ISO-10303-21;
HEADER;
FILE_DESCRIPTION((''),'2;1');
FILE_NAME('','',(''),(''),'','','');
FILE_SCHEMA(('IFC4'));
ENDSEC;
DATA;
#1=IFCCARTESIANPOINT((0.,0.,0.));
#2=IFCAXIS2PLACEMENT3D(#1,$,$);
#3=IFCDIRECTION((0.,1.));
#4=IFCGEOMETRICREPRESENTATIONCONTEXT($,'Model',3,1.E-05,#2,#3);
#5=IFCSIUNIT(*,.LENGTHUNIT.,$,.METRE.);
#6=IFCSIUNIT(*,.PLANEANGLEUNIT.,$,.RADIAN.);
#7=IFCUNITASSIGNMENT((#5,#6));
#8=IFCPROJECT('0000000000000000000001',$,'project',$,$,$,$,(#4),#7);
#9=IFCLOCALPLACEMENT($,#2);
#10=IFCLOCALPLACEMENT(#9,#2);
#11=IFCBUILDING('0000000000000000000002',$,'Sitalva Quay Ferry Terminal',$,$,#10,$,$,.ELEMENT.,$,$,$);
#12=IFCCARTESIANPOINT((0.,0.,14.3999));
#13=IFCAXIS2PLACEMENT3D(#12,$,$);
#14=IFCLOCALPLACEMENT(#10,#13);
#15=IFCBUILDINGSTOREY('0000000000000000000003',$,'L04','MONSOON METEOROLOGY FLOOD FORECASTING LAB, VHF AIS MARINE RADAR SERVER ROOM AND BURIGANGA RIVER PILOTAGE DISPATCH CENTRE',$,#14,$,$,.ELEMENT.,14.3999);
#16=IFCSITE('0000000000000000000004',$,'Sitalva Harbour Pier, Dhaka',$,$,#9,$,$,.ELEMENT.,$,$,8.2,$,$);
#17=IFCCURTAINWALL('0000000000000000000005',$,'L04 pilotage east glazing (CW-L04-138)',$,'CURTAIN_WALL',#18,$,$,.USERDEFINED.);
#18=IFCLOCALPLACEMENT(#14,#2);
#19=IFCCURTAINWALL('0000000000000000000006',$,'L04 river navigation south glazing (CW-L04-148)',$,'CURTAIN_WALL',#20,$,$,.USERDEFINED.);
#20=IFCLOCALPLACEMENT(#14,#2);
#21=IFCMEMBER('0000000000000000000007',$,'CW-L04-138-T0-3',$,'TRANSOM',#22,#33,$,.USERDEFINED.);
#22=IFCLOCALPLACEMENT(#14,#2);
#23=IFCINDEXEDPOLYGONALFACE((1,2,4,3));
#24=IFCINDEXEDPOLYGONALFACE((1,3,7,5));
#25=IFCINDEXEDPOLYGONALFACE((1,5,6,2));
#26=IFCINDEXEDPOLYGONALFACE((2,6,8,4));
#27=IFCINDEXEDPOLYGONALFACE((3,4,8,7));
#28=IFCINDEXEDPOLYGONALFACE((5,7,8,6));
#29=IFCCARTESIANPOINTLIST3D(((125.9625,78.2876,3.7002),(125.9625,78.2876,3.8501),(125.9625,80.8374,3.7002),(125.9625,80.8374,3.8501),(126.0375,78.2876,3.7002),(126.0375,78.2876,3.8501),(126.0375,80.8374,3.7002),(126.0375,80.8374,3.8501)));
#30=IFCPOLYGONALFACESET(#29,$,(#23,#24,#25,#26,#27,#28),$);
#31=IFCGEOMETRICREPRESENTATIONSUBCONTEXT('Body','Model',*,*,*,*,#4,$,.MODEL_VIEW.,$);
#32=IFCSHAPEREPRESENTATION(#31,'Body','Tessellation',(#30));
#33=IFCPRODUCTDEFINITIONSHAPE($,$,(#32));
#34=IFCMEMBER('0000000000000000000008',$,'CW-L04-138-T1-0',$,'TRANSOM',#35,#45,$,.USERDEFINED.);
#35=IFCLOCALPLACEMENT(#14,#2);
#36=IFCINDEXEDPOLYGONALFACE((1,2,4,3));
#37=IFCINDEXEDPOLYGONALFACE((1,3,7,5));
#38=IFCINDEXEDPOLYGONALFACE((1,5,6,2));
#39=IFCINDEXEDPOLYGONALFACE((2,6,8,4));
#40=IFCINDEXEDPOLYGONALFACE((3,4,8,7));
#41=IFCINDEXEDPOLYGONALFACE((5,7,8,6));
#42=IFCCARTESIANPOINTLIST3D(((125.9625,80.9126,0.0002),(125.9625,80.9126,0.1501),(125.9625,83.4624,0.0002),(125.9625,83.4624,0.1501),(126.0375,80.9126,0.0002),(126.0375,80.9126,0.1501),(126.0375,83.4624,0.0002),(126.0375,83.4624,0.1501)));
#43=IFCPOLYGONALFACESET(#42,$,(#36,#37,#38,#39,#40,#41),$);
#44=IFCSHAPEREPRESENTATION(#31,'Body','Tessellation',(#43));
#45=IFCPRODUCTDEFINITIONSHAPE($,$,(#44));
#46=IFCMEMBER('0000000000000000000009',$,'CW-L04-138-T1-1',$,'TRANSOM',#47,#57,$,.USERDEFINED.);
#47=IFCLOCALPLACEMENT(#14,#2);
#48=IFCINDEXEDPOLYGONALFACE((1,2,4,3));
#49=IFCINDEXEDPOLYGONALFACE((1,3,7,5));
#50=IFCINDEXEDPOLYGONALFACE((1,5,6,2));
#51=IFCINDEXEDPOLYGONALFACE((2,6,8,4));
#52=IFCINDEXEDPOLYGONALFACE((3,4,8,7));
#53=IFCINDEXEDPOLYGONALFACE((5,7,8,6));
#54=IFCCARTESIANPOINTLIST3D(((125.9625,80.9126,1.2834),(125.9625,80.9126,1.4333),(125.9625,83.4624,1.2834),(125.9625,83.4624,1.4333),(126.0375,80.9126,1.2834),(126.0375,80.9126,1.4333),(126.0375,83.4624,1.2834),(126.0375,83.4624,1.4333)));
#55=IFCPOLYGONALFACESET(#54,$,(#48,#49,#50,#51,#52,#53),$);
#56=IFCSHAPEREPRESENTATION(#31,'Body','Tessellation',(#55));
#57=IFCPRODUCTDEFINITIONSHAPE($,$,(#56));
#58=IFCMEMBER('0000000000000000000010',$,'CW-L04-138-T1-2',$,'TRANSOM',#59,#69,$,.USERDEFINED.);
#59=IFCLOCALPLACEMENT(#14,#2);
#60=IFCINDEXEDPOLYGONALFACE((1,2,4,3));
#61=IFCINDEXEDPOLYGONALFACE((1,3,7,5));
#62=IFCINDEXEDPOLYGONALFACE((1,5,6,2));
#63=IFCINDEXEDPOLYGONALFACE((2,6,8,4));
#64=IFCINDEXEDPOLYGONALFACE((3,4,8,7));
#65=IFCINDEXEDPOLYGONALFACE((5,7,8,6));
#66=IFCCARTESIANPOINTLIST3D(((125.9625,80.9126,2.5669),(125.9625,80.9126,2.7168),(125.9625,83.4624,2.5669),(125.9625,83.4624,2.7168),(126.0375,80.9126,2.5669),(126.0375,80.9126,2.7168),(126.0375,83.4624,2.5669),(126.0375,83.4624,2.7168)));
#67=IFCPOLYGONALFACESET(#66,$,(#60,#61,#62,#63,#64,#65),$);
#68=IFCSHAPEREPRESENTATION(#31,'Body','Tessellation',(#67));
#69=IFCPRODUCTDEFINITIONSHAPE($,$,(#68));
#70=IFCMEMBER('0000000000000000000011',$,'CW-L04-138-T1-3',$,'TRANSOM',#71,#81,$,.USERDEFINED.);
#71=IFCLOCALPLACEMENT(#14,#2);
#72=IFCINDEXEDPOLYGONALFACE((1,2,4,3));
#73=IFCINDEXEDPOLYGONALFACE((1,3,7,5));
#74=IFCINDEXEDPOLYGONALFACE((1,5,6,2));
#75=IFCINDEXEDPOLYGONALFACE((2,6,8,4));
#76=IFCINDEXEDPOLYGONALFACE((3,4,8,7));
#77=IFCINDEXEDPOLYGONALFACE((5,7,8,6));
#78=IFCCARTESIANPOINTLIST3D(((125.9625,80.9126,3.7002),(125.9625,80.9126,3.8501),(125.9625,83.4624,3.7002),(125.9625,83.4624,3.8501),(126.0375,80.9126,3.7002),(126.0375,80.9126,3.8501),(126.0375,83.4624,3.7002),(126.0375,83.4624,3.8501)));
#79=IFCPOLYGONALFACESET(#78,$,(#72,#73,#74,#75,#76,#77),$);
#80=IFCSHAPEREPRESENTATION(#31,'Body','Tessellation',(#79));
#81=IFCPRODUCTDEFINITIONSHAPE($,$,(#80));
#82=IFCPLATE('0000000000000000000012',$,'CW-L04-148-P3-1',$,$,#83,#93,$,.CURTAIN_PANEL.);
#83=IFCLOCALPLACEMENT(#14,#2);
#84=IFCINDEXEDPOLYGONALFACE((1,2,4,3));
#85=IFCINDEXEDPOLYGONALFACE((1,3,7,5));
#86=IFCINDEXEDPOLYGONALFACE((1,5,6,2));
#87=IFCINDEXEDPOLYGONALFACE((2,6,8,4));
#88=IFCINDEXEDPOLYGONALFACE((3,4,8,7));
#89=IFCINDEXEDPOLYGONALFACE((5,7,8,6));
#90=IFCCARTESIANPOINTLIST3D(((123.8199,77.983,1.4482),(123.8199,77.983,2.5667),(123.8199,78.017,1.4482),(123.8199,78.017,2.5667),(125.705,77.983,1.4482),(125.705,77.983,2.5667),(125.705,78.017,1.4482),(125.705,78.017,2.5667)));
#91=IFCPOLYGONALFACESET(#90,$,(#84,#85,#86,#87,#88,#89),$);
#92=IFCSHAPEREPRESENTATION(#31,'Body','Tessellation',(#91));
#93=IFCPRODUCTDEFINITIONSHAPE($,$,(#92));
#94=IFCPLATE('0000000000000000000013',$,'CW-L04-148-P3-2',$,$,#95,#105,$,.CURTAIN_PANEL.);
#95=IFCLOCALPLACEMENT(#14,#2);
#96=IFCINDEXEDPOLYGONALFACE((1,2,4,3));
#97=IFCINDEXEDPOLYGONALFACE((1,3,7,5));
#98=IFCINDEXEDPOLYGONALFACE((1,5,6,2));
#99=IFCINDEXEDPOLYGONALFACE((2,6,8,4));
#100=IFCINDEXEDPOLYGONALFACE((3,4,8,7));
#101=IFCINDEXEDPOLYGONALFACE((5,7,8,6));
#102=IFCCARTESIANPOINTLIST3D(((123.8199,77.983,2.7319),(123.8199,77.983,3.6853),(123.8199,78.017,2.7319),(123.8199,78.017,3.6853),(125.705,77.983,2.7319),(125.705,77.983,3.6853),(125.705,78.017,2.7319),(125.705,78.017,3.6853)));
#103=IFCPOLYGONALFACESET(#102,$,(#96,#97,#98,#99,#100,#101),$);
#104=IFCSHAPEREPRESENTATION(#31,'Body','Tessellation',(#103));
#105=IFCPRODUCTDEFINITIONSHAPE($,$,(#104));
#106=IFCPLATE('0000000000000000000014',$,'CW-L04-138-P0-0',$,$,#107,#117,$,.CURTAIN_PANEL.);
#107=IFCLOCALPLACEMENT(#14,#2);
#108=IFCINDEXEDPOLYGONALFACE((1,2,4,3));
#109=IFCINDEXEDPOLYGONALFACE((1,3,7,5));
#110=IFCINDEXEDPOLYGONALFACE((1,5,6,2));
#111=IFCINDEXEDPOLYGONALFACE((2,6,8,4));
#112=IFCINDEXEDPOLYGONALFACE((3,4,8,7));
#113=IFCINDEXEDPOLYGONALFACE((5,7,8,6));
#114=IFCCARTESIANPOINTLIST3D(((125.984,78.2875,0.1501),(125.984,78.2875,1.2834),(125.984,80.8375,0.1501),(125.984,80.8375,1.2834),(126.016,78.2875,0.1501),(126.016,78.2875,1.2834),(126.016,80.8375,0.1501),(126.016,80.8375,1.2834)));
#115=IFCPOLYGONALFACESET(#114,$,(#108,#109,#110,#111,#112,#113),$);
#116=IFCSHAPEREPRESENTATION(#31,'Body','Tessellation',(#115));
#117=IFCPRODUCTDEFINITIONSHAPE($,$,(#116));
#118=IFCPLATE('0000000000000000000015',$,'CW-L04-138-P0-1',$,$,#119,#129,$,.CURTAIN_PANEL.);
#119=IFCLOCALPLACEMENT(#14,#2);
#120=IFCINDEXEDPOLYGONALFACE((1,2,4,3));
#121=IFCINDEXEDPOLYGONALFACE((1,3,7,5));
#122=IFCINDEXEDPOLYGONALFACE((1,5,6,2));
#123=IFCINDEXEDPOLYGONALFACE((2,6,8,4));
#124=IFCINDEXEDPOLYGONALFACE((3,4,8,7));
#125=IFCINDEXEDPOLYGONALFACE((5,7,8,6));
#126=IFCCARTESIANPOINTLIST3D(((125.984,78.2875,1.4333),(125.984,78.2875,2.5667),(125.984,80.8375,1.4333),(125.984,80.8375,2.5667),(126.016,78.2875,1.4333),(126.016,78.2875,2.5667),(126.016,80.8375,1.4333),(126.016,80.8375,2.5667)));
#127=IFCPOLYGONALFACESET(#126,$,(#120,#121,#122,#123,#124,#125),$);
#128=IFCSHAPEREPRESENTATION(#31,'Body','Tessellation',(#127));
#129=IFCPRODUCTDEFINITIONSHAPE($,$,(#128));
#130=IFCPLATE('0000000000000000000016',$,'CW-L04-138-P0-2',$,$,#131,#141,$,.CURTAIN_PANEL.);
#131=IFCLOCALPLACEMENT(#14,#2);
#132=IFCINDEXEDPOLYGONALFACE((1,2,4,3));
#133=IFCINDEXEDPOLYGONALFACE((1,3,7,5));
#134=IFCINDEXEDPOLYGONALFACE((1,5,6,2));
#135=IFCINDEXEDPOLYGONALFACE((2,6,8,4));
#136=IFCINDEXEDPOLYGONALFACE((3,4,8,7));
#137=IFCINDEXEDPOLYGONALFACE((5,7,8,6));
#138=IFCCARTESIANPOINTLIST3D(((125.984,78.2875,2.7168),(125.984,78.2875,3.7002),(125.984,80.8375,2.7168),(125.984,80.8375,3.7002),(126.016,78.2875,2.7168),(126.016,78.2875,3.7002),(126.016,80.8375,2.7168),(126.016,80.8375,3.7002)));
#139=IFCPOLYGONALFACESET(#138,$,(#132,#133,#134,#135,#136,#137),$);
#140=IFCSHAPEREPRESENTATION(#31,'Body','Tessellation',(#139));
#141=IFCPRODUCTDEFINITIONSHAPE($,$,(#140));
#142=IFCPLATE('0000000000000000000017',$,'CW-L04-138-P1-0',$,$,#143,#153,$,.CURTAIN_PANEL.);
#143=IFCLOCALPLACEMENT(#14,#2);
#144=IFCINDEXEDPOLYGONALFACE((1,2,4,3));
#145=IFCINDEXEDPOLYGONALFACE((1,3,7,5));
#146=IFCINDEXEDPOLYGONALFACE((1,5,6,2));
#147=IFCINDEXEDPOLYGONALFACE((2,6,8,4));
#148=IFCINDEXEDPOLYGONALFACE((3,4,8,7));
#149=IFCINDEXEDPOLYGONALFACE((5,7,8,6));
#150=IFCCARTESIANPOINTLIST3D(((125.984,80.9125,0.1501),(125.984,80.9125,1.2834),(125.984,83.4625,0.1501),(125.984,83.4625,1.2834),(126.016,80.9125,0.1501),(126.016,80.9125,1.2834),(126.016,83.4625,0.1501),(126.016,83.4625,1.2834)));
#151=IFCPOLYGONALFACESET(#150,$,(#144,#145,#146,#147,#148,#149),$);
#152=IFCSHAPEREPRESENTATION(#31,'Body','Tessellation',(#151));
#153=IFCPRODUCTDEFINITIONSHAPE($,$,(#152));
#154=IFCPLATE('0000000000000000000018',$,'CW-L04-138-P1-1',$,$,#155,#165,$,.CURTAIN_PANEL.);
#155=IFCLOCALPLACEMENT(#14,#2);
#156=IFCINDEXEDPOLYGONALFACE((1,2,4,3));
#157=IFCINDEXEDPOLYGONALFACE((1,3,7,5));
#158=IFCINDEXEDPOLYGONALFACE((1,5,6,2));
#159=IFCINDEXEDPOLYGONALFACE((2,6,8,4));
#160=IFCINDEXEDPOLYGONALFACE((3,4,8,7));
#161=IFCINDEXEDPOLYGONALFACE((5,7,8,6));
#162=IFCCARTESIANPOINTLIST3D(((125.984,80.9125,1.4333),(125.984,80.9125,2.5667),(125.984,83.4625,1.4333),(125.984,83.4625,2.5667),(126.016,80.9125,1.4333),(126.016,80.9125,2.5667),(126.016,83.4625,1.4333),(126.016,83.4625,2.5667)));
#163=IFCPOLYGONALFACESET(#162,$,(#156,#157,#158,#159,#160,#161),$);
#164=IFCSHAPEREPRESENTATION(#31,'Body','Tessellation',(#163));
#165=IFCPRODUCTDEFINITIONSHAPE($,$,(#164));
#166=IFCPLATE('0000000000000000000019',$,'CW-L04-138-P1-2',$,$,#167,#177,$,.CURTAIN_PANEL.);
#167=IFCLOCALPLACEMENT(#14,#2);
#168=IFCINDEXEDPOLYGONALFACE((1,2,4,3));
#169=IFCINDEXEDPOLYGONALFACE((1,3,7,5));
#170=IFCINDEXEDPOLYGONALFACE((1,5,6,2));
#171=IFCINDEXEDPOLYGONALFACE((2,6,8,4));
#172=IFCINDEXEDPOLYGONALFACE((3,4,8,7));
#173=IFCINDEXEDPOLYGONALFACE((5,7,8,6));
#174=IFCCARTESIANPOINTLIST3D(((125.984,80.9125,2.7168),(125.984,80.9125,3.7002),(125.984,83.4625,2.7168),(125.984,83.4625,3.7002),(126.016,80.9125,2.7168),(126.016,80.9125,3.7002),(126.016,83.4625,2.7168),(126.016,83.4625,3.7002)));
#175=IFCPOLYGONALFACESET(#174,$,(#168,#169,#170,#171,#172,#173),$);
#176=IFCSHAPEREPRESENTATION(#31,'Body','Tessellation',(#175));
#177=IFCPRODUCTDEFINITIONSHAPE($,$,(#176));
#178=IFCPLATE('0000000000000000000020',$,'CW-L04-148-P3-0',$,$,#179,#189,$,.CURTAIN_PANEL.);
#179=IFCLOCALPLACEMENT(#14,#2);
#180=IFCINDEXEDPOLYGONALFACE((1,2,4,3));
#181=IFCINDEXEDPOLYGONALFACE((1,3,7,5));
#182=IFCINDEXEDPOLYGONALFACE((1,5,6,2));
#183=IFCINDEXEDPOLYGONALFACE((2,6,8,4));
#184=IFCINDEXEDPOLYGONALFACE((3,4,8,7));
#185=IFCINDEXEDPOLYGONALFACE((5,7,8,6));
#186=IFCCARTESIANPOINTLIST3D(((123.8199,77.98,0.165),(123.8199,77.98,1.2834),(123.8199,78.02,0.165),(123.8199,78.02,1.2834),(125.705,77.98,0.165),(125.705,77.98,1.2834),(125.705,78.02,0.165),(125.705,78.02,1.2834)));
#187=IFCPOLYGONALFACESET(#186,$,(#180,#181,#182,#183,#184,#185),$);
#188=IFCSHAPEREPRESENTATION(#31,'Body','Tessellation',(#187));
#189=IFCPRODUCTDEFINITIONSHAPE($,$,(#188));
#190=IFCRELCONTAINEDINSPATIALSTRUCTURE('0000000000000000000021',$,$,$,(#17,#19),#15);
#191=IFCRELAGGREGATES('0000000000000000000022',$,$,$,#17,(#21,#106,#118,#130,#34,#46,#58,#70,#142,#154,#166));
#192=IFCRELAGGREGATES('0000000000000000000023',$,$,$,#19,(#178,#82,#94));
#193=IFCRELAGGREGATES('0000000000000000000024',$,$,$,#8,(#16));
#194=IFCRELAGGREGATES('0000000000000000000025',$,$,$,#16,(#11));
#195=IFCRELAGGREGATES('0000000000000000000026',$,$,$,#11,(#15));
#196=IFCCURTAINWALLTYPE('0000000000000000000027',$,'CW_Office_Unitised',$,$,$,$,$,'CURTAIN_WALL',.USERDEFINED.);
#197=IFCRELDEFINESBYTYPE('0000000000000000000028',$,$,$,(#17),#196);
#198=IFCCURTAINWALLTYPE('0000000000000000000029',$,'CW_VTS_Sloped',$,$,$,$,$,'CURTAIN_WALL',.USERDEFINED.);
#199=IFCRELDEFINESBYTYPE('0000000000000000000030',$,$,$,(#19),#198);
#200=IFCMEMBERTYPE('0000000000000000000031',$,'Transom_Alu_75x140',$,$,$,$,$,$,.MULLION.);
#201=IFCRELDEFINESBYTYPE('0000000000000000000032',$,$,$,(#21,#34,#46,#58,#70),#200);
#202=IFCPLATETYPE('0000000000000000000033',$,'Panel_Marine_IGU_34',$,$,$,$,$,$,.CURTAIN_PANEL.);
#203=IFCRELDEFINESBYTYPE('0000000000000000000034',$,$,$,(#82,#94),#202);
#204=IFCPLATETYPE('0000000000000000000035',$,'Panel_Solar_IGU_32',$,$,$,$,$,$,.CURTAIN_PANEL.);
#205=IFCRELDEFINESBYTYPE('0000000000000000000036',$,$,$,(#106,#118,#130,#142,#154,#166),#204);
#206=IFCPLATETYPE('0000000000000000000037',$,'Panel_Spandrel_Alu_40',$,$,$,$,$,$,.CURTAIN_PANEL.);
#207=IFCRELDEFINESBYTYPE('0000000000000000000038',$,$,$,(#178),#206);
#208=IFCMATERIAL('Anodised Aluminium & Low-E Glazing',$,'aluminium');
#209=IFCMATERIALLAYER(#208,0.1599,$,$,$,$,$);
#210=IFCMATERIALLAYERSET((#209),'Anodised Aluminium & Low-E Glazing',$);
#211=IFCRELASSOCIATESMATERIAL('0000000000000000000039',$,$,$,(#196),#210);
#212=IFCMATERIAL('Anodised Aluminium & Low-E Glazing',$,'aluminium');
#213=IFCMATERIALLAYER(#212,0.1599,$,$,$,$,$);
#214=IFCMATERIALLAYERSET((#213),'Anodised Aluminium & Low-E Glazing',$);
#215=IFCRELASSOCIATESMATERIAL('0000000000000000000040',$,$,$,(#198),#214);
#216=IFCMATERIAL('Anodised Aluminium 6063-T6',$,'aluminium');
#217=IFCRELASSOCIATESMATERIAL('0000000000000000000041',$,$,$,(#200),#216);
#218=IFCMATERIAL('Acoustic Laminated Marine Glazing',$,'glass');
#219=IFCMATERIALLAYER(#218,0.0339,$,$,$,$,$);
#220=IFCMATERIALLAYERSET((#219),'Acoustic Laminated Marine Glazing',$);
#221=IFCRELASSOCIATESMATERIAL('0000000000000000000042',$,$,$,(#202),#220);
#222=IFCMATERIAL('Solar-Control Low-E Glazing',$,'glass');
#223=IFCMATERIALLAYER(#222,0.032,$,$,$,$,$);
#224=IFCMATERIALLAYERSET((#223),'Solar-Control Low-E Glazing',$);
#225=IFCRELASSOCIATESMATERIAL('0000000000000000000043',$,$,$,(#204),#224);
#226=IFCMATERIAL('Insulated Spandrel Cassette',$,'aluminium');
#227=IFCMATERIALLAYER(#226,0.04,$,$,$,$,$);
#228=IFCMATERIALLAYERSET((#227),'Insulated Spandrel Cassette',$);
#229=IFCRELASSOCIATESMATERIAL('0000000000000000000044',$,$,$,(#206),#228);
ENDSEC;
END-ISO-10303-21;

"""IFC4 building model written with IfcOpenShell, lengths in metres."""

from ifc_helpers import new_model, si_unit, direction, frame, origin, origin_2d, place, context, subcontext, project, spatial, rectangle, extrude, material, layer, layer_set, material_profile, profile_set, type_object, element, aggregate, save


model = new_model("IFC4")

# Units and contexts
model_context = context("Model", 3, precision=1e-05, world=origin(), true_north=direction((0.0, 1.0)))
body_context = subcontext(model_context, "Body", "Model", "MODEL_VIEW")
ifc_project = project(units=[si_unit("LENGTHUNIT", "METRE"), si_unit("PLANEANGLEUNIT", "RADIAN")], contexts=[model_context])

# Site, building, storey
site_placement = place(None, origin())
site = spatial("IfcSite", under=ifc_project, at=site_placement, Name="Sitalva Harbour Pier, Dhaka", CompositionType="ELEMENT", RefElevation=8.2)
building_placement = place(site_placement, origin())
building = spatial("IfcBuilding", under=site, at=building_placement, Name="Sitalva Quay Ferry Terminal", CompositionType="ELEMENT")
storey_placement = place(building_placement, frame((0.0, 0.0, 14.3999)))
storey = spatial("IfcBuildingStorey", under=building, at=storey_placement, Name="L04", Description="MONSOON METEOROLOGY FLOOD FORECASTING LAB, VHF AIS MARINE RADAR SERVER ROOM AND BURIGANGA RIVER PILOTAGE DISPATCH CENTRE", CompositionType="ELEMENT", Elevation=14.3999)

# Curtain wall
ifc_material_1 = material(Name="Anodised Aluminium & Low-E Glazing", Category="aluminium")
ifc_layer_1 = layer(ifc_material_1, 0.1599)
ifc_layer_set_1 = layer_set([ifc_layer_1], Name="Anodised Aluminium & Low-E Glazing")
curtain_wall_type_1 = type_object("IfcCurtainWallType", Name="CW_Office_Unitised", ElementType="CURTAIN_WALL", PredefinedType="USERDEFINED", material=ifc_layer_set_1)
curtain_wall_1_placement = place(storey_placement, origin())
curtain_wall_1 = element("IfcCurtainWall", 1, at=curtain_wall_1_placement, inside=storey, type_object=curtain_wall_type_1, Name="L04 pilotage east glazing (CW-L04-138)", ObjectType="CURTAIN_WALL", PredefinedType="USERDEFINED")

# Curtain wall
ifc_material_2 = material(Name="Anodised Aluminium & Low-E Glazing", Category="aluminium")
ifc_layer_2 = layer(ifc_material_2, 0.1599)
ifc_layer_set_2 = layer_set([ifc_layer_2], Name="Anodised Aluminium & Low-E Glazing")
curtain_wall_type_2 = type_object("IfcCurtainWallType", Name="CW_VTS_Sloped", ElementType="CURTAIN_WALL", PredefinedType="USERDEFINED", material=ifc_layer_set_2)
curtain_wall_2_placement = place(storey_placement, origin())
curtain_wall_2 = element("IfcCurtainWall", 2, at=curtain_wall_2_placement, inside=storey, type_object=curtain_wall_type_2, Name="L04 river navigation south glazing (CW-L04-148)", ObjectType="CURTAIN_WALL", PredefinedType="USERDEFINED")

# Members
ifc_material_3 = material(Name="Anodised Aluminium 6063-T6", Category="aluminium")
ifc_material_profile_1 = material_profile(ifc_material_3, rectangle(XDim=0.075, YDim=0.1499, at=origin_2d()), Name="ALU75x150")
ifc_profile_set_1 = profile_set([ifc_material_profile_1], Name="Anodised Aluminium 6063-T6")
member_type_1 = type_object("IfcMemberType", Name="Transom_Alu_75x140", PredefinedType="MULLION", material=ifc_profile_set_1)
member_1_placement = place(storey_placement, frame((126.0, 78.2876, 3.7751), z_axis=(0.0, 1.0, 0.0), x_axis=(-1.0, 0.0, 0.0)))
member_1 = element("IfcMember", 3, at=member_1_placement, type_object=member_type_1, Name="CW-L04-138-T0-3", ObjectType="TRANSOM", PredefinedType="USERDEFINED", context=body_context, shape_type="SweptSolid", body=[
    extrude(rectangle(XDim=0.075, YDim=0.1499, at=origin_2d()), origin(), (0.0, 0.0, 1.0), 2.5498),
])
member_2_placement = place(storey_placement, frame((126.0, 80.9126, 0.0752), z_axis=(0.0, 1.0, 0.0), x_axis=(-1.0, 0.0, 0.0)))
member_2 = element("IfcMember", 4, at=member_2_placement, type_object=member_type_1, Name="CW-L04-138-T1-0", ObjectType="TRANSOM", PredefinedType="USERDEFINED", context=body_context, shape_type="SweptSolid", body=[
    extrude(rectangle(XDim=0.075, YDim=0.1499, at=origin_2d()), origin(), (0.0, 0.0, 1.0), 2.5498),
])
member_3_placement = place(storey_placement, frame((126.0, 80.9126, 1.3584), z_axis=(0.0, 1.0, 0.0), x_axis=(-1.0, 0.0, 0.0)))
member_3 = element("IfcMember", 5, at=member_3_placement, type_object=member_type_1, Name="CW-L04-138-T1-1", ObjectType="TRANSOM", PredefinedType="USERDEFINED", context=body_context, shape_type="SweptSolid", body=[
    extrude(rectangle(XDim=0.075, YDim=0.1499, at=origin_2d()), origin(), (0.0, 0.0, 1.0), 2.5498),
])
member_4_placement = place(storey_placement, frame((126.0, 80.9126, 2.6418), z_axis=(0.0, 1.0, 0.0), x_axis=(-1.0, 0.0, 0.0)))
member_4 = element("IfcMember", 6, at=member_4_placement, type_object=member_type_1, Name="CW-L04-138-T1-2", ObjectType="TRANSOM", PredefinedType="USERDEFINED", context=body_context, shape_type="SweptSolid", body=[
    extrude(rectangle(XDim=0.075, YDim=0.1499, at=origin_2d()), origin(), (0.0, 0.0, 1.0), 2.5498),
])
member_5_placement = place(storey_placement, frame((126.0, 80.9126, 3.7751), z_axis=(0.0, 1.0, 0.0), x_axis=(-1.0, 0.0, 0.0)))
member_5 = element("IfcMember", 7, at=member_5_placement, type_object=member_type_1, Name="CW-L04-138-T1-3", ObjectType="TRANSOM", PredefinedType="USERDEFINED", context=body_context, shape_type="SweptSolid", body=[
    extrude(rectangle(XDim=0.075, YDim=0.1499, at=origin_2d()), origin(), (0.0, 0.0, 1.0), 2.5498),
])

# Plates
ifc_material_4 = material(Name="Acoustic Laminated Marine Glazing", Category="glass")
ifc_layer_3 = layer(ifc_material_4, 0.0339)
ifc_layer_set_3 = layer_set([ifc_layer_3], Name="Acoustic Laminated Marine Glazing")
plate_type_1 = type_object("IfcPlateType", Name="Panel_Marine_IGU_34", PredefinedType="CURTAIN_PANEL", material=ifc_layer_set_3)
plate_1_placement = place(storey_placement, frame((124.7625, 78.0, 1.4482), z_axis=(0.0, 0.0, 1.0), x_axis=(1.0, 0.0, 0.0)))
plate_1 = element("IfcPlate", 8, at=plate_1_placement, type_object=plate_type_1, Name="CW-L04-148-P3-1", PredefinedType="CURTAIN_PANEL", context=body_context, shape_type="SweptSolid", body=[
    extrude(rectangle(XDim=1.885, YDim=0.0339, at=origin_2d()), origin(), (0.0, 0.0, 1.0), 1.1184),
])
plate_2_placement = place(storey_placement, frame((124.7625, 78.0, 2.7319), z_axis=(0.0, 0.0, 1.0), x_axis=(1.0, 0.0, 0.0)))
plate_2 = element("IfcPlate", 9, at=plate_2_placement, type_object=plate_type_1, Name="CW-L04-148-P3-2", PredefinedType="CURTAIN_PANEL", context=body_context, shape_type="SweptSolid", body=[
    extrude(rectangle(XDim=1.885, YDim=0.0339, at=origin_2d()), origin(), (0.0, 0.0, 1.0), 0.9534),
])
ifc_material_5 = material(Name="Solar-Control Low-E Glazing", Category="glass")
ifc_layer_4 = layer(ifc_material_5, 0.032)
ifc_layer_set_4 = layer_set([ifc_layer_4], Name="Solar-Control Low-E Glazing")
plate_type_2 = type_object("IfcPlateType", Name="Panel_Solar_IGU_32", PredefinedType="CURTAIN_PANEL", material=ifc_layer_set_4)
plate_3_placement = place(storey_placement, frame((126.0, 79.5625, 0.1501), z_axis=(0.0, 0.0, 1.0), x_axis=(0.0, 1.0, 0.0)))
plate_3 = element("IfcPlate", 10, at=plate_3_placement, type_object=plate_type_2, Name="CW-L04-138-P0-0", PredefinedType="CURTAIN_PANEL", context=body_context, shape_type="SweptSolid", body=[
    extrude(rectangle(XDim=2.55, YDim=0.032, at=origin_2d()), origin(), (0.0, 0.0, 1.0), 1.1333),
])
plate_4_placement = place(storey_placement, frame((126.0, 79.5625, 1.4333), z_axis=(0.0, 0.0, 1.0), x_axis=(0.0, 1.0, 0.0)))
plate_4 = element("IfcPlate", 11, at=plate_4_placement, type_object=plate_type_2, Name="CW-L04-138-P0-1", PredefinedType="CURTAIN_PANEL", context=body_context, shape_type="SweptSolid", body=[
    extrude(rectangle(XDim=2.55, YDim=0.032, at=origin_2d()), origin(), (0.0, 0.0, 1.0), 1.1333),
])
plate_5_placement = place(storey_placement, frame((126.0, 79.5625, 2.7168), z_axis=(0.0, 0.0, 1.0), x_axis=(0.0, 1.0, 0.0)))
plate_5 = element("IfcPlate", 12, at=plate_5_placement, type_object=plate_type_2, Name="CW-L04-138-P0-2", PredefinedType="CURTAIN_PANEL", context=body_context, shape_type="SweptSolid", body=[
    extrude(rectangle(XDim=2.55, YDim=0.032, at=origin_2d()), origin(), (0.0, 0.0, 1.0), 0.9834),
])
plate_6_placement = place(storey_placement, frame((126.0, 82.1875, 0.1501), z_axis=(0.0, 0.0, 1.0), x_axis=(0.0, 1.0, 0.0)))
plate_6 = element("IfcPlate", 13, at=plate_6_placement, type_object=plate_type_2, Name="CW-L04-138-P1-0", PredefinedType="CURTAIN_PANEL", context=body_context, shape_type="SweptSolid", body=[
    extrude(rectangle(XDim=2.55, YDim=0.032, at=origin_2d()), origin(), (0.0, 0.0, 1.0), 1.1333),
])
plate_7_placement = place(storey_placement, frame((126.0, 82.1875, 1.4333), z_axis=(0.0, 0.0, 1.0), x_axis=(0.0, 1.0, 0.0)))
plate_7 = element("IfcPlate", 14, at=plate_7_placement, type_object=plate_type_2, Name="CW-L04-138-P1-1", PredefinedType="CURTAIN_PANEL", context=body_context, shape_type="SweptSolid", body=[
    extrude(rectangle(XDim=2.55, YDim=0.032, at=origin_2d()), origin(), (0.0, 0.0, 1.0), 1.1333),
])
plate_8_placement = place(storey_placement, frame((126.0, 82.1875, 2.7168), z_axis=(0.0, 0.0, 1.0), x_axis=(0.0, 1.0, 0.0)))
plate_8 = element("IfcPlate", 15, at=plate_8_placement, type_object=plate_type_2, Name="CW-L04-138-P1-2", PredefinedType="CURTAIN_PANEL", context=body_context, shape_type="SweptSolid", body=[
    extrude(rectangle(XDim=2.55, YDim=0.032, at=origin_2d()), origin(), (0.0, 0.0, 1.0), 0.9834),
])
aggregate(curtain_wall_1, [member_1, plate_3, plate_4, plate_5, member_2, member_3, member_4, member_5, plate_6, plate_7, plate_8])
ifc_material_6 = material(Name="Insulated Spandrel Cassette", Category="aluminium")
ifc_layer_5 = layer(ifc_material_6, 0.04)
ifc_layer_set_5 = layer_set([ifc_layer_5], Name="Insulated Spandrel Cassette")
plate_type_3 = type_object("IfcPlateType", Name="Panel_Spandrel_Alu_40", PredefinedType="CURTAIN_PANEL", material=ifc_layer_set_5)
plate_9_placement = place(storey_placement, frame((124.7625, 78.0, 0.165), z_axis=(0.0, 0.0, 1.0), x_axis=(1.0, 0.0, 0.0)))
plate_9 = element("IfcPlate", 16, at=plate_9_placement, type_object=plate_type_3, Name="CW-L04-148-P3-0", PredefinedType="CURTAIN_PANEL", context=body_context, shape_type="SweptSolid", body=[
    extrude(rectangle(XDim=1.885, YDim=0.04, at=origin_2d()), origin(), (0.0, 0.0, 1.0), 1.1184),
])
aggregate(curtain_wall_2, [plate_9, plate_1, plate_2])

save(model, "model.ifc")
